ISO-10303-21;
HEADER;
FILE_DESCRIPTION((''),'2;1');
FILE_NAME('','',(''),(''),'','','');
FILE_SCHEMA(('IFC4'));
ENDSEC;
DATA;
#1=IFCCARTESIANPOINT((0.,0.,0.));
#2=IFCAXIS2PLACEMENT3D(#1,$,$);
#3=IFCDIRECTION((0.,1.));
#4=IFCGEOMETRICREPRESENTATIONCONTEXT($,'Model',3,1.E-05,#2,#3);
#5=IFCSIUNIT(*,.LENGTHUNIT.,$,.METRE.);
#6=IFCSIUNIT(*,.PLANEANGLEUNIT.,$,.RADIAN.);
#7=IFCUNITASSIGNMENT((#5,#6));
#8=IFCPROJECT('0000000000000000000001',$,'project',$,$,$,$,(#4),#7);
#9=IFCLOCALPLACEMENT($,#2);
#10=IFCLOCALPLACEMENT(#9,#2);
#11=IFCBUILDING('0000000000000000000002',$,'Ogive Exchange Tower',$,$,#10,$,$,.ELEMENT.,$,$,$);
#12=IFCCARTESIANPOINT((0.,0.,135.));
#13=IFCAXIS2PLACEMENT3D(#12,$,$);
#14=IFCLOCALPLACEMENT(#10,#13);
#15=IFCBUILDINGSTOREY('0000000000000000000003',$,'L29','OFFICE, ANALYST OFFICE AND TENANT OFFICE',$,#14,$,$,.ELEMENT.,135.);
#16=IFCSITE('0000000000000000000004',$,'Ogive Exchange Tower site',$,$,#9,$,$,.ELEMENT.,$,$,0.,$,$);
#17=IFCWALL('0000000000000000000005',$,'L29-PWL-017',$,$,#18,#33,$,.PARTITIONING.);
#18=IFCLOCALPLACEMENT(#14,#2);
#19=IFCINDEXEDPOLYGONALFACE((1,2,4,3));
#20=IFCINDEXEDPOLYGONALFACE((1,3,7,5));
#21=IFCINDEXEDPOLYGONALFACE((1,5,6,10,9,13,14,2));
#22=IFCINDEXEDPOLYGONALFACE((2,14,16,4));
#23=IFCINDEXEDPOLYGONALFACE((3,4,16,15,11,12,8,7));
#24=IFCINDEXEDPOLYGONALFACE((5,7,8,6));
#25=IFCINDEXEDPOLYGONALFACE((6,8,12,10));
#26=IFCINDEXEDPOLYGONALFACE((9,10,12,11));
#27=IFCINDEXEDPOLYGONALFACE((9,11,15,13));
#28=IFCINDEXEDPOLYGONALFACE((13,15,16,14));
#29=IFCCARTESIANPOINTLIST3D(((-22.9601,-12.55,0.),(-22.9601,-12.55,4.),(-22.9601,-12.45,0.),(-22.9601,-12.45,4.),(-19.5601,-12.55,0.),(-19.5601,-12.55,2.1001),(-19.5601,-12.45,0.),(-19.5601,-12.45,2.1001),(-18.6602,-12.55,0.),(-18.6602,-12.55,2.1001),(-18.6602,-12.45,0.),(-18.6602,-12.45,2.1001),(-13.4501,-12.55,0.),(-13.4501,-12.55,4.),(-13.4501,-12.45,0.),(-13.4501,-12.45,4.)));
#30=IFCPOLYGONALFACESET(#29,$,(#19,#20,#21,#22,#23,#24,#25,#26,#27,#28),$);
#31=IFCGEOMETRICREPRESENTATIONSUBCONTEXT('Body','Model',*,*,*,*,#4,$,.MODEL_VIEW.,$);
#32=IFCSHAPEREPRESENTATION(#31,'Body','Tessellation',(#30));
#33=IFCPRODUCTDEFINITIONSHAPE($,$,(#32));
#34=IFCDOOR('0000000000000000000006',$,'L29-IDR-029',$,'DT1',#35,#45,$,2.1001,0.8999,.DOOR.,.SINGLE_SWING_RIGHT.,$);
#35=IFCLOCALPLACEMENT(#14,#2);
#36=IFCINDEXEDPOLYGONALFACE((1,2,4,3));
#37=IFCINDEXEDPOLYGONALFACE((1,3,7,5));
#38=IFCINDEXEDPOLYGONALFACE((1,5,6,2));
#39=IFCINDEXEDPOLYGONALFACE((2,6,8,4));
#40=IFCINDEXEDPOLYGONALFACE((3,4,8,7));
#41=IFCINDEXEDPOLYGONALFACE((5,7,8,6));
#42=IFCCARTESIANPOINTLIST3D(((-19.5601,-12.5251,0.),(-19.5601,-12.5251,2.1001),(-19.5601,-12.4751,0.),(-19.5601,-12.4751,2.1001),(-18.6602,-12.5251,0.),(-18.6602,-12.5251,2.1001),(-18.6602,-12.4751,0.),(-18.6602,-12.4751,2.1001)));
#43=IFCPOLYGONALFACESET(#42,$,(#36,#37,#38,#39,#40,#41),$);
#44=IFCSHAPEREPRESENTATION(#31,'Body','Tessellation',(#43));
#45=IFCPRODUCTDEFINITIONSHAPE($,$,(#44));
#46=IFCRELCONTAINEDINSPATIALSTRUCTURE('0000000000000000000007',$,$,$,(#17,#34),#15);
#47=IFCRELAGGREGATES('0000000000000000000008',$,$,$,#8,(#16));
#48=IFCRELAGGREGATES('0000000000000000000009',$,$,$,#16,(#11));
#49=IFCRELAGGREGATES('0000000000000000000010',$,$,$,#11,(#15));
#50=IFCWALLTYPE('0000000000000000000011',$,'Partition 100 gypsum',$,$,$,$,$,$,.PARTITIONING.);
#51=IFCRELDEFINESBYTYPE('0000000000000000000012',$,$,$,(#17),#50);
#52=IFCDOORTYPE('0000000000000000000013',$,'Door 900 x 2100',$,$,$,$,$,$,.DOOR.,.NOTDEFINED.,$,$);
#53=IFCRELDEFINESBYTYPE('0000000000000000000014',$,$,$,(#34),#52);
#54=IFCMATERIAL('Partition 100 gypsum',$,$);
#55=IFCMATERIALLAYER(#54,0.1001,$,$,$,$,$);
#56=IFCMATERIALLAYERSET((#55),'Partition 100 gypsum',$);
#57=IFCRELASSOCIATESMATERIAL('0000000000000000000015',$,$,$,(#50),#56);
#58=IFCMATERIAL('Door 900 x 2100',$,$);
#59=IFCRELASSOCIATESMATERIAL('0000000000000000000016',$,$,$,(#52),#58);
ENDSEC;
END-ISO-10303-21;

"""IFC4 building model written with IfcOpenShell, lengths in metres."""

from ifc_helpers import new_model, si_unit, direction, frame, frame_2d, origin, place, context, subcontext, project, spatial, rectangle, extrude, material, layer, layer_set, type_object, element, fill, save


model = new_model("IFC4")

# Units and contexts
model_context = context("Model", 3, precision=1e-05, world=origin(), true_north=direction((0.0, 1.0)))
body_context = subcontext(model_context, "Body", "Model", "MODEL_VIEW")
ifc_project = project(units=[si_unit("LENGTHUNIT", "METRE"), si_unit("PLANEANGLEUNIT", "RADIAN")], contexts=[model_context])

# Site, building, storey
site_placement = place(None, origin())
site = spatial("IfcSite", under=ifc_project, at=site_placement, Name="Ogive Exchange Tower site", CompositionType="ELEMENT", RefElevation=0.0)
building_placement = place(site_placement, origin())
building = spatial("IfcBuilding", under=site, at=building_placement, Name="Ogive Exchange Tower", CompositionType="ELEMENT")
storey_placement = place(building_placement, frame((0.0, 0.0, 135.0)))
storey = spatial("IfcBuildingStorey", under=building, at=storey_placement, Name="L29", Description="OFFICE, ANALYST OFFICE AND TENANT OFFICE", CompositionType="ELEMENT", Elevation=135.0)

# Shared definitions
ifc_material_1 = material(Name="Partition 100 gypsum")
ifc_layer_1 = layer(ifc_material_1, 0.1001)
ifc_layer_set_1 = layer_set([ifc_layer_1], Name="Partition 100 gypsum")
wall_type_1 = type_object("IfcWallType", Name="Partition 100 gypsum", PredefinedType="PARTITIONING", material=ifc_layer_set_1)

# Wall, opening, door
wall_1_placement = place(storey_placement, frame((-22.96, -12.5, 0.0), z_axis=(0.0, 0.0, 1.0), x_axis=(1.0, 0.0, 0.0)))
wall_1 = element("IfcWall", 1, at=wall_1_placement, inside=storey, type_object=wall_type_1, Name="L29-PWL-017", PredefinedType="PARTITIONING", context=body_context, shape_type="SweptSolid", body=[
    extrude(rectangle(XDim=9.51, YDim=0.1001, at=frame_2d((4.7549, 0.0))), origin(), (0.0, 0.0, 1.0), 4.0),
])
opening_1_placement = place(wall_1_placement, frame((3.3999, 0.0, 0.0)))
opening_1 = element("IfcOpeningElement", 2, at=opening_1_placement, cuts=wall_1, PredefinedType="OPENING", context=body_context, shape_type="SweptSolid", body=[
    extrude(rectangle(XDim=0.8999, YDim=2.1001, at=frame_2d((0.45, 1.05))), frame((0.0, 0.0601, 0.0), z_axis=(0.0, -1.0, 0.0), x_axis=(1.0, 0.0, 0.0)), (0.0, 0.0, 1.0), 0.1201),
])
ifc_material_2 = material(Name="Door 900 x 2100")
door_type_1 = type_object("IfcDoorType", Name="Door 900 x 2100", OperationType="NOTDEFINED", PredefinedType="DOOR", material=ifc_material_2)
door_1_placement = place(opening_1_placement, origin())
door_1 = element("IfcDoor", 3, at=door_1_placement, inside=storey, type_object=door_type_1, Name="L29-IDR-029", ObjectType="DT1", OperationType="SINGLE_SWING_RIGHT", OverallHeight=2.1001, OverallWidth=0.8999, PredefinedType="DOOR", context=body_context, shape_type="SweptSolid", body=[
    extrude(rectangle(XDim=0.8999, YDim=2.1001, at=frame_2d((0.45, 1.05))), frame((0.0, 0.0249, 0.0), z_axis=(0.0, -1.0, 0.0), x_axis=(1.0, 0.0, 0.0)), (0.0, 0.0, 1.0), 0.05),
])
fill(opening_1, door_1)

save(model, "model.ifc")
